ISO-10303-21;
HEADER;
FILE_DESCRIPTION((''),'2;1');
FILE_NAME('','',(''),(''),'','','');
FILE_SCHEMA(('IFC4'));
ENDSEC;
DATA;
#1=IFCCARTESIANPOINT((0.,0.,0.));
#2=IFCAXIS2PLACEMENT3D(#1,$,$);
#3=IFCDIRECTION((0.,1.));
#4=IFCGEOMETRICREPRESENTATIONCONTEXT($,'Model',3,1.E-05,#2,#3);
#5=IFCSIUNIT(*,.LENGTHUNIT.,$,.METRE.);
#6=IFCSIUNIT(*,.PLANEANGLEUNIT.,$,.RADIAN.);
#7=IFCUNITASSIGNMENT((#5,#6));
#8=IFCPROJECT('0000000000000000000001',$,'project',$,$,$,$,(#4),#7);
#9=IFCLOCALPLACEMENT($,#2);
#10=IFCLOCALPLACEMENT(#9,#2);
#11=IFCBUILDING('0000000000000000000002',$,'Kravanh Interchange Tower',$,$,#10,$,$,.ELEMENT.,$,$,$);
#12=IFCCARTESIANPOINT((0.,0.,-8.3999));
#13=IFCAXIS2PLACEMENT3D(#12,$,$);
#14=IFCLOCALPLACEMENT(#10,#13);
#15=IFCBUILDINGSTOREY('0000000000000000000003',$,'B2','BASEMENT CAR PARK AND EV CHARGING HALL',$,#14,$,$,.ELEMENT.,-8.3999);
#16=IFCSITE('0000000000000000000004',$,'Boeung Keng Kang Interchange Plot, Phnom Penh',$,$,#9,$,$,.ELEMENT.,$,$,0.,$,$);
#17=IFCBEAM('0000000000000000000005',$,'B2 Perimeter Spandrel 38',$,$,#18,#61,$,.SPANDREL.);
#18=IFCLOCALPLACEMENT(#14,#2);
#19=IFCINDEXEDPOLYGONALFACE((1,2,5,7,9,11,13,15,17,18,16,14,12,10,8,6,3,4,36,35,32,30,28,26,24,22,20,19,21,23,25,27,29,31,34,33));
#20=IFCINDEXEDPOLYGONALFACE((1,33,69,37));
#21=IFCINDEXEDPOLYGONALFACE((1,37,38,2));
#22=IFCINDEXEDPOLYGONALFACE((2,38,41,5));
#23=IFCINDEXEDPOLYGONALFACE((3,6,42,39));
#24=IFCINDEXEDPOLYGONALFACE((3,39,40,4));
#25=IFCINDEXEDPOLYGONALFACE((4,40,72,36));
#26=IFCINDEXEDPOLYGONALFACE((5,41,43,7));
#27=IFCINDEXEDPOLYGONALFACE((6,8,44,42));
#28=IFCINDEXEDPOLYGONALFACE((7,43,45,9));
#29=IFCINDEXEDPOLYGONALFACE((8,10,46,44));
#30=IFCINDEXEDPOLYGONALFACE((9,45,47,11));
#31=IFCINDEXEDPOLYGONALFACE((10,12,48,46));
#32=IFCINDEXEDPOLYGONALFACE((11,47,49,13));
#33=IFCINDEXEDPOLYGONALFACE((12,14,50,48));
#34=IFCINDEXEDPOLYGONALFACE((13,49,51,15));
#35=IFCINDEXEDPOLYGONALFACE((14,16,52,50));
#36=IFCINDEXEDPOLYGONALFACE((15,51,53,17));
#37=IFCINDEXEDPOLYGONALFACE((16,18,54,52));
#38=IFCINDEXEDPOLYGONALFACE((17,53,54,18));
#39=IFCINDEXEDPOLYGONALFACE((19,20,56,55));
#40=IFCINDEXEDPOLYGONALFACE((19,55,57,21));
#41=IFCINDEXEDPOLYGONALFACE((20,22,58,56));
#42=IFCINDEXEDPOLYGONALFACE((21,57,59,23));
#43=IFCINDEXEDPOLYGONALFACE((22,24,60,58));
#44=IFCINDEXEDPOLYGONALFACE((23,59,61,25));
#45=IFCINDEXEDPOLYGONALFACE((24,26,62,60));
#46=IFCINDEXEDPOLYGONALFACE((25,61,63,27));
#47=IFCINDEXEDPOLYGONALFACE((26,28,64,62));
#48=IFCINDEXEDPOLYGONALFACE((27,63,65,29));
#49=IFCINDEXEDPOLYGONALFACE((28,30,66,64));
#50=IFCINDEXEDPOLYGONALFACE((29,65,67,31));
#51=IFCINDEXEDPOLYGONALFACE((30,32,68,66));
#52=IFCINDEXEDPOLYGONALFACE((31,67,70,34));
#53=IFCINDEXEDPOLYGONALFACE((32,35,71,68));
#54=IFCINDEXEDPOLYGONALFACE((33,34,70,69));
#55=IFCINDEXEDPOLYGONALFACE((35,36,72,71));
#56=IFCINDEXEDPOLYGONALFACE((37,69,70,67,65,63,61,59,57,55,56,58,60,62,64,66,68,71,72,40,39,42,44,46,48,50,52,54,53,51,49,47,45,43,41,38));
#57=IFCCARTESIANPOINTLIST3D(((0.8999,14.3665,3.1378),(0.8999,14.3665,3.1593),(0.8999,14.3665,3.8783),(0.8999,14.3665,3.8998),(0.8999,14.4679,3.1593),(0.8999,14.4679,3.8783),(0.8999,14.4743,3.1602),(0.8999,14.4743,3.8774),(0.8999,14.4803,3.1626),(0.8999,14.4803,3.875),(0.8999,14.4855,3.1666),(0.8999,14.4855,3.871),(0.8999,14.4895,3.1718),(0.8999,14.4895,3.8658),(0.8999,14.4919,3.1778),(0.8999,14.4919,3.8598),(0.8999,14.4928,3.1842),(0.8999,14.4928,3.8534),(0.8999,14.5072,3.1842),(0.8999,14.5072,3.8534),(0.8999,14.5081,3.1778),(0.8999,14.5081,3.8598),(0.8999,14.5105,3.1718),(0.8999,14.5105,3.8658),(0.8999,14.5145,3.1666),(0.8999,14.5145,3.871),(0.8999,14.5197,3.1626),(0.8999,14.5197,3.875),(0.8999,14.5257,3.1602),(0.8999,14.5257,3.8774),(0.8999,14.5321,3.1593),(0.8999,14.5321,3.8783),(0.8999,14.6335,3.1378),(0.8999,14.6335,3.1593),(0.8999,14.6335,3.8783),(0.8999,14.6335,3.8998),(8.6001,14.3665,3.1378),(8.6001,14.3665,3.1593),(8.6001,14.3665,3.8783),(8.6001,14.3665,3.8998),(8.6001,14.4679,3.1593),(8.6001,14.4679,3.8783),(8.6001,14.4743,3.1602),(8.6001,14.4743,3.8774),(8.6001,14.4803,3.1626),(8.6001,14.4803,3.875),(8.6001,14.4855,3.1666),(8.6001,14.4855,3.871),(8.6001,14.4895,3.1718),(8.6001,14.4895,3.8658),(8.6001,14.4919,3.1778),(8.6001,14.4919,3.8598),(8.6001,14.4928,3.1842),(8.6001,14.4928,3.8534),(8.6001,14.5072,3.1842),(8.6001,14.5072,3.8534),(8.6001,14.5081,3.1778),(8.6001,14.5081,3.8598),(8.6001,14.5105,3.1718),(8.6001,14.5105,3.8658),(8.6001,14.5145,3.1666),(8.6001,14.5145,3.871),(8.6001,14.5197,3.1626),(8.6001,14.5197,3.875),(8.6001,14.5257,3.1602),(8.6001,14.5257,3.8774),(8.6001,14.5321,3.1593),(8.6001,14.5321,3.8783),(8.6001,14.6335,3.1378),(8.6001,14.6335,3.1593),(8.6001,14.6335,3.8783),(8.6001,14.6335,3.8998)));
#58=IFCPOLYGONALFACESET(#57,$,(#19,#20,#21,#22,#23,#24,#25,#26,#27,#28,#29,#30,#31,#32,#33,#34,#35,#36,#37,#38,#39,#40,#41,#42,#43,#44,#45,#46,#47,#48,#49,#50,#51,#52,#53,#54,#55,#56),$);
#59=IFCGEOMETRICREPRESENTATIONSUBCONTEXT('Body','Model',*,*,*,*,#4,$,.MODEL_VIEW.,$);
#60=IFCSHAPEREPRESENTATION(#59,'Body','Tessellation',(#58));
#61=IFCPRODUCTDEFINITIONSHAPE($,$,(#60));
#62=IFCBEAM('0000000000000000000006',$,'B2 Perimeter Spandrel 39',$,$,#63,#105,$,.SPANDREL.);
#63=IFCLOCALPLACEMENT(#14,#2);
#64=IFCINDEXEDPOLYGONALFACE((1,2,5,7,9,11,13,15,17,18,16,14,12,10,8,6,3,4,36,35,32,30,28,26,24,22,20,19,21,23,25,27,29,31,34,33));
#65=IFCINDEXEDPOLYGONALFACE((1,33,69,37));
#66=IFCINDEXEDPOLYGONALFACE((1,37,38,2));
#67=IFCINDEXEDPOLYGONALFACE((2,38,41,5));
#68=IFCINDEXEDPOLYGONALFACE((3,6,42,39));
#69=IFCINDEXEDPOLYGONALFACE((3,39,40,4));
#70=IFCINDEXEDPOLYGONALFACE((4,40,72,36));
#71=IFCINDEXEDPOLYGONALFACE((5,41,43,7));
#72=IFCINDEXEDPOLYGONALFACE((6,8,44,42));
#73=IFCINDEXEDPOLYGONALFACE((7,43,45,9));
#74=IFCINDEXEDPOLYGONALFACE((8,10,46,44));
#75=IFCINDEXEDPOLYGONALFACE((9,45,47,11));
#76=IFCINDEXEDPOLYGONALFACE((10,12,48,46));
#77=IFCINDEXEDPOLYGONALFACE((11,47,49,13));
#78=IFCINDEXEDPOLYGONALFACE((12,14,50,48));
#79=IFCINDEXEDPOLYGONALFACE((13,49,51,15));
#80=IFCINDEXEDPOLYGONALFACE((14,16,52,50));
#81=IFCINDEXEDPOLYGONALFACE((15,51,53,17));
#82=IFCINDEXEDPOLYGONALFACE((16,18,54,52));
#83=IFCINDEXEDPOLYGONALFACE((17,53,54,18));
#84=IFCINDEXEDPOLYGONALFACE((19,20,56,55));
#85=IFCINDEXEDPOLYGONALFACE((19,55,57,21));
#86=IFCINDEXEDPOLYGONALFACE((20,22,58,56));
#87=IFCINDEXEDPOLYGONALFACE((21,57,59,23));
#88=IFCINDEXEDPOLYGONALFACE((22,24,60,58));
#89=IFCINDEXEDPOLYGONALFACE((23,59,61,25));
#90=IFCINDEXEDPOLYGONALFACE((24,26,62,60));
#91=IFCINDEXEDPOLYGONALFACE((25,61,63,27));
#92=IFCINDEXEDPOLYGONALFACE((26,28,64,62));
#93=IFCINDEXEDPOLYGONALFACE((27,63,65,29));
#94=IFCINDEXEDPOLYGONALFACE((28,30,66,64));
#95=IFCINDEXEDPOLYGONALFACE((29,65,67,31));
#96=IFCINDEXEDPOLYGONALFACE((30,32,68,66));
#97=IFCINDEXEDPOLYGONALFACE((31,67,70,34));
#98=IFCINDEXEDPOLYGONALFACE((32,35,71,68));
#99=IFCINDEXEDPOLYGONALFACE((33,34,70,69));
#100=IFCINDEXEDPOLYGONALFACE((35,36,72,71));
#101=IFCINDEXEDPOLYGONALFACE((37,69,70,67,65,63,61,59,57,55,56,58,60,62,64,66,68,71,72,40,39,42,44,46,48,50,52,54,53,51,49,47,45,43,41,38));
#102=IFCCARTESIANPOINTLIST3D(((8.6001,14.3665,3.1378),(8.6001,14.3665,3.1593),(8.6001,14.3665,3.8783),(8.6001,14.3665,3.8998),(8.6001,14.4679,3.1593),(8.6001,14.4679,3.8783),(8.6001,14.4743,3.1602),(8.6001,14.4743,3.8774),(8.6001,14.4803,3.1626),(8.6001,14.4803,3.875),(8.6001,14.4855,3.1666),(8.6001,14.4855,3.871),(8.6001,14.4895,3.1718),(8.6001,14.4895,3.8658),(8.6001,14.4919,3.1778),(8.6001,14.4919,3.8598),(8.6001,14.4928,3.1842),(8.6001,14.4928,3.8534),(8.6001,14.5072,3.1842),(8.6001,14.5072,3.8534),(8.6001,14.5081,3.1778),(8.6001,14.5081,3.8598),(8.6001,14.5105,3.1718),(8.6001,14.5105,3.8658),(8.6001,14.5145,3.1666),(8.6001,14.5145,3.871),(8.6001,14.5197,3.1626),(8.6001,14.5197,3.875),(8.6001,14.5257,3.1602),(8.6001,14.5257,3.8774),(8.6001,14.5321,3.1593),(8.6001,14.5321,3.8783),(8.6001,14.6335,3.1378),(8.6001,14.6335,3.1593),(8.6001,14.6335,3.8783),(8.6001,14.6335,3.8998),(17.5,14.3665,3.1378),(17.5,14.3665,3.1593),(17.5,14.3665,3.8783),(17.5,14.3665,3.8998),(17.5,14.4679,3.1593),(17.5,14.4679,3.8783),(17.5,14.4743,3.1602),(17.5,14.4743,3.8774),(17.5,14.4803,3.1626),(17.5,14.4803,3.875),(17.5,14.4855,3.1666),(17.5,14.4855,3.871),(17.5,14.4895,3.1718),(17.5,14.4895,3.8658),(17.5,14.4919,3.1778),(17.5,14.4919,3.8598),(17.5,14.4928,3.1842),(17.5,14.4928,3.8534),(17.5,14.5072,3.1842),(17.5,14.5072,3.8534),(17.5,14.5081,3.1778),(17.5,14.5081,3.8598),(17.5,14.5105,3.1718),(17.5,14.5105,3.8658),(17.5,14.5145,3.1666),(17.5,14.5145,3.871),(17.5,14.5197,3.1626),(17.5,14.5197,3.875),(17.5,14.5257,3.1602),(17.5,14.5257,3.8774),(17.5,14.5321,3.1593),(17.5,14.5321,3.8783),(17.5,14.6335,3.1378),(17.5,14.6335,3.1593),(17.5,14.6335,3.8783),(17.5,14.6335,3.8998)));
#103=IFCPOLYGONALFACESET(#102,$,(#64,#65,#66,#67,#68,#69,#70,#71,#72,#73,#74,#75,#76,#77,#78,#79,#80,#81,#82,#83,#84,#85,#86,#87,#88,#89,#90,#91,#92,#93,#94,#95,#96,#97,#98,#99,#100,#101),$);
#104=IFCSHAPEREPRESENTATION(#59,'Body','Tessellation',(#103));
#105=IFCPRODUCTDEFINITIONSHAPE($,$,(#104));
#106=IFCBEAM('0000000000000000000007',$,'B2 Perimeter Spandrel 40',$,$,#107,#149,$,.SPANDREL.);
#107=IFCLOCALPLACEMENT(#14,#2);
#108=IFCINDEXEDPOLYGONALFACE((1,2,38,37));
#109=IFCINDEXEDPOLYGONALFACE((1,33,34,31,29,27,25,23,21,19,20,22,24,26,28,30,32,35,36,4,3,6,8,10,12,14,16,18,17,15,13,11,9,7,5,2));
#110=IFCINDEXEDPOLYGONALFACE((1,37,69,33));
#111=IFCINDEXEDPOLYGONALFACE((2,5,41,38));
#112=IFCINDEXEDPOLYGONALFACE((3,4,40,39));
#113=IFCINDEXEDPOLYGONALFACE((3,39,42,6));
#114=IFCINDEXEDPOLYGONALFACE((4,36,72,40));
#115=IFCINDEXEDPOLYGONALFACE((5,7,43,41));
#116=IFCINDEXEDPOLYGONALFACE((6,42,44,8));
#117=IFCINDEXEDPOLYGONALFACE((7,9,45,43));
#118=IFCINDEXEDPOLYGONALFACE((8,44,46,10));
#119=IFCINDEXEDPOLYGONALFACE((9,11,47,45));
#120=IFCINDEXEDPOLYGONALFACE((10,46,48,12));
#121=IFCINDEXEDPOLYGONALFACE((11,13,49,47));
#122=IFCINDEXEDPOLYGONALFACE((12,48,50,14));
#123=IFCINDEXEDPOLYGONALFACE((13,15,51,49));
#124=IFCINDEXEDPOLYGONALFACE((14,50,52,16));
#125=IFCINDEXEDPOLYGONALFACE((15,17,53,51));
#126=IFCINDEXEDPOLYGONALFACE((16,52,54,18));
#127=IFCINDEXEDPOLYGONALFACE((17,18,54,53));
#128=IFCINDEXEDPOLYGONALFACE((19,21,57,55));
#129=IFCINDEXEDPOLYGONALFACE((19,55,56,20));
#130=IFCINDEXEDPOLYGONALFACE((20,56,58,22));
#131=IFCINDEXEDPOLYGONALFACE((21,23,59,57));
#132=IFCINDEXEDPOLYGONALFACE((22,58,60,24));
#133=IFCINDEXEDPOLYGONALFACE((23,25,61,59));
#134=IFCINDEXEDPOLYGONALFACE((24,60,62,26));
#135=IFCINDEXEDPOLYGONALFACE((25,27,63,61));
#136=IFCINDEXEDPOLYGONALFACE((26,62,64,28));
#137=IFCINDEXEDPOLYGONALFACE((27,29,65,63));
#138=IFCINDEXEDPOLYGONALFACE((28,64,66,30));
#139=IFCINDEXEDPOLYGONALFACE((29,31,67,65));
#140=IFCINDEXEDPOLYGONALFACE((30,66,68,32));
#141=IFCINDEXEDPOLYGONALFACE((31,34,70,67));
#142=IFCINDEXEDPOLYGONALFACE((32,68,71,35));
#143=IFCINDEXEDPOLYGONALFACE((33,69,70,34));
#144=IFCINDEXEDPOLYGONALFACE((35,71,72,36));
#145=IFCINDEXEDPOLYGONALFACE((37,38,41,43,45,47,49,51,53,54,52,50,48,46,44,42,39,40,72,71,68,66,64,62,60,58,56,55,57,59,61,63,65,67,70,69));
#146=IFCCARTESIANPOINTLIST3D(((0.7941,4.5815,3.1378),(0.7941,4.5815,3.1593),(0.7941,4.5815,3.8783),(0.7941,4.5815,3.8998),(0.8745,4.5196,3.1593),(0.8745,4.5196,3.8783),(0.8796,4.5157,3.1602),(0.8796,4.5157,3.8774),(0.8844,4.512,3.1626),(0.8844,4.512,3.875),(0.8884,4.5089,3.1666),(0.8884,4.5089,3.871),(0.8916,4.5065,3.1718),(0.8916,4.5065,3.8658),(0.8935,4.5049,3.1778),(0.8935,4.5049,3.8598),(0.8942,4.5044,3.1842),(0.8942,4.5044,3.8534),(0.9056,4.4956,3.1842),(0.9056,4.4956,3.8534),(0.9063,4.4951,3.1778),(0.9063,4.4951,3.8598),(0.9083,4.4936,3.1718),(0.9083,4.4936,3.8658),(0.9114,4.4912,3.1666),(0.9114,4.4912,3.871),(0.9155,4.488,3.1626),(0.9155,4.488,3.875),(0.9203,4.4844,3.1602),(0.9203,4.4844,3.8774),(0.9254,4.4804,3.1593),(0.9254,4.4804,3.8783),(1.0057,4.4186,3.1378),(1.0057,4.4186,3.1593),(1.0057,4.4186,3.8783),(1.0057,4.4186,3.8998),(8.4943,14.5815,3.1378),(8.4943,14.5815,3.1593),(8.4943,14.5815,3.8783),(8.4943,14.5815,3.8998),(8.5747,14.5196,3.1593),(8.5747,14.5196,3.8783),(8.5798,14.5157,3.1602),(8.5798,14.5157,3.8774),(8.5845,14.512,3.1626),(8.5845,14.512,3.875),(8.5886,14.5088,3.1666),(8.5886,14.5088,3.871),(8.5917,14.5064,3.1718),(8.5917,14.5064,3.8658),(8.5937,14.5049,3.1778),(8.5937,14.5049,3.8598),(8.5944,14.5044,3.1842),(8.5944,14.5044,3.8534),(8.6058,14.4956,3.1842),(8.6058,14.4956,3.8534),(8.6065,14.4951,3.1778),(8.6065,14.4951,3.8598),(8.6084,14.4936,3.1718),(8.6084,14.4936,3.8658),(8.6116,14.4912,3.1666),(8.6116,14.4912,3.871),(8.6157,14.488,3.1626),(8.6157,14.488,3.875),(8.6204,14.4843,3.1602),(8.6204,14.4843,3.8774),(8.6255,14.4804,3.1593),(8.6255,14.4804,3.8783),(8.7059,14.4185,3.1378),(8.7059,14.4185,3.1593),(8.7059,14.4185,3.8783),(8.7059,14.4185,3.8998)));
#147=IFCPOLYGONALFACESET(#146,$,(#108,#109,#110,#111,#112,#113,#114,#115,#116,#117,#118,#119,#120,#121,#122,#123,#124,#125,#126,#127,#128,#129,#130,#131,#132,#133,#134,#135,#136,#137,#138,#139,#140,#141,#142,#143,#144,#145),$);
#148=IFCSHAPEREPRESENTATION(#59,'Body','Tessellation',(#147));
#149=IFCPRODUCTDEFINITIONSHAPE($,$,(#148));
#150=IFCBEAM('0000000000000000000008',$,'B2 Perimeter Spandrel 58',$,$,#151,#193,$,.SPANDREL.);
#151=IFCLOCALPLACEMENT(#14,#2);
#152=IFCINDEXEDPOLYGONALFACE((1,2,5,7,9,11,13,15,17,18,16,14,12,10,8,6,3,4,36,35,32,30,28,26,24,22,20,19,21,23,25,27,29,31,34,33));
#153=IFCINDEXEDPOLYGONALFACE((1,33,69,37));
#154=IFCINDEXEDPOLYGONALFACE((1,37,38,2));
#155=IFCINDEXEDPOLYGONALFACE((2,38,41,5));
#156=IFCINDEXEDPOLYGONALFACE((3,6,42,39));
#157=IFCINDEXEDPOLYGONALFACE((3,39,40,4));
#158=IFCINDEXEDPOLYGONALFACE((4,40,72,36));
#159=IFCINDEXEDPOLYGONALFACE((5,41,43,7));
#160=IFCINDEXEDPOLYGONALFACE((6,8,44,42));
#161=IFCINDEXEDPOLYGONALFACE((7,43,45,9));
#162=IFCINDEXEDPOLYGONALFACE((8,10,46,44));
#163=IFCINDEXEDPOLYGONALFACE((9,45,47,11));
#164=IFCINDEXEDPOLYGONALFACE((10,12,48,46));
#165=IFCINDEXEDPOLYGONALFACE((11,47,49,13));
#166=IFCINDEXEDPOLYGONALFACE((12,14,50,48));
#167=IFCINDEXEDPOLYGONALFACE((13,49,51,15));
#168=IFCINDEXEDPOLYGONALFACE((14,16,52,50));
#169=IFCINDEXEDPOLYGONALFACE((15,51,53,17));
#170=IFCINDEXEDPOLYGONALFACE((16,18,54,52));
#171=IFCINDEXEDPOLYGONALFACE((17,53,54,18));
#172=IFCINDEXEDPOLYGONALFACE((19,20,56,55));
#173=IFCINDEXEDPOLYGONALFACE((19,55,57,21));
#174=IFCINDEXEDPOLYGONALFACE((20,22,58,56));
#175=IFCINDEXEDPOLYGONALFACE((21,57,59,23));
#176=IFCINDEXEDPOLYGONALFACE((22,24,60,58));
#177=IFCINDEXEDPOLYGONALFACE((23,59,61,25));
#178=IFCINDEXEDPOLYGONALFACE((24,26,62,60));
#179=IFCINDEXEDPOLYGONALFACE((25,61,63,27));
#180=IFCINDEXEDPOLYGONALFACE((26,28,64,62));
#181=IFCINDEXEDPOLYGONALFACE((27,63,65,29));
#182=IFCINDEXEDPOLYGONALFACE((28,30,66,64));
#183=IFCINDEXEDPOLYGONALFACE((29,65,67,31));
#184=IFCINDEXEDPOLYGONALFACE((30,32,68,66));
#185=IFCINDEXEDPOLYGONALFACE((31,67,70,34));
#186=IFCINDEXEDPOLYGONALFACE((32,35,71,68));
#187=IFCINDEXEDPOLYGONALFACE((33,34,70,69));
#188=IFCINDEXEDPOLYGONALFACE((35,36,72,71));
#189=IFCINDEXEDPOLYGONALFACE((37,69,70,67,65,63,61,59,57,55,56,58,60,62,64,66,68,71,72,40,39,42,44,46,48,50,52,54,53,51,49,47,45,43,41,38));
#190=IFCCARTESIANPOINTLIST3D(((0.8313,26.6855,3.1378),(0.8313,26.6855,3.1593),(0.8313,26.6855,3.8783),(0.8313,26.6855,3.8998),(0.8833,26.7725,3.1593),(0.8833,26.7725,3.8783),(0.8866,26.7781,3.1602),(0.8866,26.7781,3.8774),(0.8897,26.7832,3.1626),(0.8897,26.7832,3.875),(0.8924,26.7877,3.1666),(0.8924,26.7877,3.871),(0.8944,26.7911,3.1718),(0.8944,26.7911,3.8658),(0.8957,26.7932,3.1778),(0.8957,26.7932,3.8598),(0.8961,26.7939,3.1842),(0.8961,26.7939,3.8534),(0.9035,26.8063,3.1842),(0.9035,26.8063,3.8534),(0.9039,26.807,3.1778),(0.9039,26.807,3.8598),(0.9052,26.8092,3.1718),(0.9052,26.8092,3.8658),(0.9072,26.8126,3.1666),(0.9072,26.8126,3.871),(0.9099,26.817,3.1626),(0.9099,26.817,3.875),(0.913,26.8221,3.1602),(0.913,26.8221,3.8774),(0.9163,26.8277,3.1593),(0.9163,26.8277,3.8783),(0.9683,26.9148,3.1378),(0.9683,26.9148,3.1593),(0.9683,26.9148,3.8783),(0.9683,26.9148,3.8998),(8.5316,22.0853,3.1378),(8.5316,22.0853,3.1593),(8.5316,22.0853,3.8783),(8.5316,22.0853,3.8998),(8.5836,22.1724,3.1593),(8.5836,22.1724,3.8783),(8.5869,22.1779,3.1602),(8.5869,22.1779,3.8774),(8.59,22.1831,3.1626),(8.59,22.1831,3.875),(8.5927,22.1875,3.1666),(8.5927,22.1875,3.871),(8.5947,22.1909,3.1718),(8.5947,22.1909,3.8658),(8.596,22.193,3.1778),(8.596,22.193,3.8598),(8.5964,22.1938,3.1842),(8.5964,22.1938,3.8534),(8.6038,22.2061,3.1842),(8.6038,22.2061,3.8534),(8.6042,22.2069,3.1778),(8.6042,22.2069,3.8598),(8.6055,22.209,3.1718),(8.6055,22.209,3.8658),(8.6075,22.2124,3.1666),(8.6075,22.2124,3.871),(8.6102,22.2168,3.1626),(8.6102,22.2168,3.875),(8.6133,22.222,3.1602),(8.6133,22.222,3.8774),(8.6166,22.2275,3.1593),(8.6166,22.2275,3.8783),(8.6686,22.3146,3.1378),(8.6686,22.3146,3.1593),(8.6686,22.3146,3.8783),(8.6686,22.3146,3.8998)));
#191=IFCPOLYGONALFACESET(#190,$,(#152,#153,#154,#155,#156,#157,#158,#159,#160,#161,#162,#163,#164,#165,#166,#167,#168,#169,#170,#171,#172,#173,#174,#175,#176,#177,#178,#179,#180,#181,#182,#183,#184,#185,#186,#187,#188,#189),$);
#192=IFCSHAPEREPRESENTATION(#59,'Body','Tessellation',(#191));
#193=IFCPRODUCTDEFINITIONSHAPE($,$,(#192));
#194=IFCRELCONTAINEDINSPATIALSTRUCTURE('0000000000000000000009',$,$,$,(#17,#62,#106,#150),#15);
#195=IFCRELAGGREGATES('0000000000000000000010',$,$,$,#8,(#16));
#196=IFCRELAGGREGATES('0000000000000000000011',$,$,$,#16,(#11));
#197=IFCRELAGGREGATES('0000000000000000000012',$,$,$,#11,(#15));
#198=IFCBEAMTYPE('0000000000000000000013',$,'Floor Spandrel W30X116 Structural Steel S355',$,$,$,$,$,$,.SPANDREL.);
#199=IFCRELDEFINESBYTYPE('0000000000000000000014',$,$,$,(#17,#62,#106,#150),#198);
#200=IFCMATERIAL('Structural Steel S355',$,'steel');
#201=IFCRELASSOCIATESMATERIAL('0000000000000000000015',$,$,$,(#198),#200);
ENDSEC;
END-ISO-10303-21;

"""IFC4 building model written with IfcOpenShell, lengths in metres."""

from ifc_helpers import new_model, si_unit, direction, frame, origin, origin_2d, place, context, subcontext, project, spatial, i_section, extrude, material, material_profile, profile_set, type_object, element, save


model = new_model("IFC4")

# Units and contexts
model_context = context("Model", 3, precision=1e-05, world=origin(), true_north=direction((0.0, 1.0)))
body_context = subcontext(model_context, "Body", "Model", "MODEL_VIEW")
ifc_project = project(units=[si_unit("LENGTHUNIT", "METRE"), si_unit("PLANEANGLEUNIT", "RADIAN")], contexts=[model_context])

# Site, building, storey
site_placement = place(None, origin())
site = spatial("IfcSite", under=ifc_project, at=site_placement, Name="Boeung Keng Kang Interchange Plot, Phnom Penh", CompositionType="ELEMENT", RefElevation=0.0)
building_placement = place(site_placement, origin())
building = spatial("IfcBuilding", under=site, at=building_placement, Name="Kravanh Interchange Tower", CompositionType="ELEMENT")
storey_placement = place(building_placement, frame((0.0, 0.0, -8.3999)))
storey = spatial("IfcBuildingStorey", under=building, at=storey_placement, Name="B2", Description="BASEMENT CAR PARK AND EV CHARGING HALL", CompositionType="ELEMENT", Elevation=-8.3999)

# Beams
ifc_material_1 = material(Name="Structural Steel S355", Category="steel")
ifc_material_profile_1 = material_profile(ifc_material_1, i_section(OverallWidth=0.2671, OverallDepth=0.762, WebThickness=0.0144, FlangeThickness=0.0215, FilletRadius=0.0249, at=origin_2d()), Name="W30X116")
ifc_profile_set_1 = profile_set([ifc_material_profile_1], Name="Structural Steel S355")
beam_type_1 = type_object("IfcBeamType", Name="Floor Spandrel W30X116 Structural Steel S355", PredefinedType="SPANDREL", material=ifc_profile_set_1)
beam_1_placement = place(storey_placement, frame((8.6001, 14.5, 3.5188), z_axis=(-1.0, 0.0, 0.0), x_axis=(0.0, -1.0, 0.0)))
element("IfcBeam", 1, at=beam_1_placement, inside=storey, type_object=beam_type_1, Name="B2 Perimeter Spandrel 38", PredefinedType="SPANDREL", context=body_context, shape_type="SweptSolid", body=[
    extrude(i_section(OverallWidth=0.2671, OverallDepth=0.762, WebThickness=0.0144, FlangeThickness=0.0215, FilletRadius=0.0249, at=origin_2d()), origin(), (0.0, 0.0, 1.0), 7.7002),
])
beam_2_placement = place(storey_placement, frame((8.6001, 14.5, 3.5188), z_axis=(1.0, 0.0, 0.0), x_axis=(0.0, 1.0, 0.0)))
element("IfcBeam", 2, at=beam_2_placement, inside=storey, type_object=beam_type_1, Name="B2 Perimeter Spandrel 39", PredefinedType="SPANDREL", context=body_context, shape_type="SweptSolid", body=[
    extrude(i_section(OverallWidth=0.2671, OverallDepth=0.762, WebThickness=0.0144, FlangeThickness=0.0215, FilletRadius=0.0249, at=origin_2d()), origin(), (0.0, 0.0, 1.0), 8.8999),
])
beam_3_placement = place(storey_placement, frame((8.6001, 14.5, 3.5188), z_axis=(-0.610103, -0.792322, 0.0), x_axis=(0.792322, -0.610103, 0.0)))
element("IfcBeam", 3, at=beam_3_placement, inside=storey, type_object=beam_type_1, Name="B2 Perimeter Spandrel 40", PredefinedType="SPANDREL", context=body_context, shape_type="SweptSolid", body=[
    extrude(i_section(OverallWidth=0.2671, OverallDepth=0.762, WebThickness=0.0144, FlangeThickness=0.0215, FilletRadius=0.0249, at=origin_2d()), origin(), (0.0, 0.0, 1.0), 12.6211),
])
beam_4_placement = place(storey_placement, frame((8.6001, 22.2, 3.5188), z_axis=(-0.858476, 0.512854, 0.0), x_axis=(-0.512854, -0.858476, 0.0)))
element("IfcBeam", 4, at=beam_4_placement, inside=storey, type_object=beam_type_1, Name="B2 Perimeter Spandrel 58", PredefinedType="SPANDREL", context=body_context, shape_type="SweptSolid", body=[
    extrude(i_section(OverallWidth=0.2671, OverallDepth=0.762, WebThickness=0.0144, FlangeThickness=0.0215, FilletRadius=0.0249, at=origin_2d()), origin(), (0.0, 0.0, 1.0), 8.9697),
])

save(model, "model.ifc")
